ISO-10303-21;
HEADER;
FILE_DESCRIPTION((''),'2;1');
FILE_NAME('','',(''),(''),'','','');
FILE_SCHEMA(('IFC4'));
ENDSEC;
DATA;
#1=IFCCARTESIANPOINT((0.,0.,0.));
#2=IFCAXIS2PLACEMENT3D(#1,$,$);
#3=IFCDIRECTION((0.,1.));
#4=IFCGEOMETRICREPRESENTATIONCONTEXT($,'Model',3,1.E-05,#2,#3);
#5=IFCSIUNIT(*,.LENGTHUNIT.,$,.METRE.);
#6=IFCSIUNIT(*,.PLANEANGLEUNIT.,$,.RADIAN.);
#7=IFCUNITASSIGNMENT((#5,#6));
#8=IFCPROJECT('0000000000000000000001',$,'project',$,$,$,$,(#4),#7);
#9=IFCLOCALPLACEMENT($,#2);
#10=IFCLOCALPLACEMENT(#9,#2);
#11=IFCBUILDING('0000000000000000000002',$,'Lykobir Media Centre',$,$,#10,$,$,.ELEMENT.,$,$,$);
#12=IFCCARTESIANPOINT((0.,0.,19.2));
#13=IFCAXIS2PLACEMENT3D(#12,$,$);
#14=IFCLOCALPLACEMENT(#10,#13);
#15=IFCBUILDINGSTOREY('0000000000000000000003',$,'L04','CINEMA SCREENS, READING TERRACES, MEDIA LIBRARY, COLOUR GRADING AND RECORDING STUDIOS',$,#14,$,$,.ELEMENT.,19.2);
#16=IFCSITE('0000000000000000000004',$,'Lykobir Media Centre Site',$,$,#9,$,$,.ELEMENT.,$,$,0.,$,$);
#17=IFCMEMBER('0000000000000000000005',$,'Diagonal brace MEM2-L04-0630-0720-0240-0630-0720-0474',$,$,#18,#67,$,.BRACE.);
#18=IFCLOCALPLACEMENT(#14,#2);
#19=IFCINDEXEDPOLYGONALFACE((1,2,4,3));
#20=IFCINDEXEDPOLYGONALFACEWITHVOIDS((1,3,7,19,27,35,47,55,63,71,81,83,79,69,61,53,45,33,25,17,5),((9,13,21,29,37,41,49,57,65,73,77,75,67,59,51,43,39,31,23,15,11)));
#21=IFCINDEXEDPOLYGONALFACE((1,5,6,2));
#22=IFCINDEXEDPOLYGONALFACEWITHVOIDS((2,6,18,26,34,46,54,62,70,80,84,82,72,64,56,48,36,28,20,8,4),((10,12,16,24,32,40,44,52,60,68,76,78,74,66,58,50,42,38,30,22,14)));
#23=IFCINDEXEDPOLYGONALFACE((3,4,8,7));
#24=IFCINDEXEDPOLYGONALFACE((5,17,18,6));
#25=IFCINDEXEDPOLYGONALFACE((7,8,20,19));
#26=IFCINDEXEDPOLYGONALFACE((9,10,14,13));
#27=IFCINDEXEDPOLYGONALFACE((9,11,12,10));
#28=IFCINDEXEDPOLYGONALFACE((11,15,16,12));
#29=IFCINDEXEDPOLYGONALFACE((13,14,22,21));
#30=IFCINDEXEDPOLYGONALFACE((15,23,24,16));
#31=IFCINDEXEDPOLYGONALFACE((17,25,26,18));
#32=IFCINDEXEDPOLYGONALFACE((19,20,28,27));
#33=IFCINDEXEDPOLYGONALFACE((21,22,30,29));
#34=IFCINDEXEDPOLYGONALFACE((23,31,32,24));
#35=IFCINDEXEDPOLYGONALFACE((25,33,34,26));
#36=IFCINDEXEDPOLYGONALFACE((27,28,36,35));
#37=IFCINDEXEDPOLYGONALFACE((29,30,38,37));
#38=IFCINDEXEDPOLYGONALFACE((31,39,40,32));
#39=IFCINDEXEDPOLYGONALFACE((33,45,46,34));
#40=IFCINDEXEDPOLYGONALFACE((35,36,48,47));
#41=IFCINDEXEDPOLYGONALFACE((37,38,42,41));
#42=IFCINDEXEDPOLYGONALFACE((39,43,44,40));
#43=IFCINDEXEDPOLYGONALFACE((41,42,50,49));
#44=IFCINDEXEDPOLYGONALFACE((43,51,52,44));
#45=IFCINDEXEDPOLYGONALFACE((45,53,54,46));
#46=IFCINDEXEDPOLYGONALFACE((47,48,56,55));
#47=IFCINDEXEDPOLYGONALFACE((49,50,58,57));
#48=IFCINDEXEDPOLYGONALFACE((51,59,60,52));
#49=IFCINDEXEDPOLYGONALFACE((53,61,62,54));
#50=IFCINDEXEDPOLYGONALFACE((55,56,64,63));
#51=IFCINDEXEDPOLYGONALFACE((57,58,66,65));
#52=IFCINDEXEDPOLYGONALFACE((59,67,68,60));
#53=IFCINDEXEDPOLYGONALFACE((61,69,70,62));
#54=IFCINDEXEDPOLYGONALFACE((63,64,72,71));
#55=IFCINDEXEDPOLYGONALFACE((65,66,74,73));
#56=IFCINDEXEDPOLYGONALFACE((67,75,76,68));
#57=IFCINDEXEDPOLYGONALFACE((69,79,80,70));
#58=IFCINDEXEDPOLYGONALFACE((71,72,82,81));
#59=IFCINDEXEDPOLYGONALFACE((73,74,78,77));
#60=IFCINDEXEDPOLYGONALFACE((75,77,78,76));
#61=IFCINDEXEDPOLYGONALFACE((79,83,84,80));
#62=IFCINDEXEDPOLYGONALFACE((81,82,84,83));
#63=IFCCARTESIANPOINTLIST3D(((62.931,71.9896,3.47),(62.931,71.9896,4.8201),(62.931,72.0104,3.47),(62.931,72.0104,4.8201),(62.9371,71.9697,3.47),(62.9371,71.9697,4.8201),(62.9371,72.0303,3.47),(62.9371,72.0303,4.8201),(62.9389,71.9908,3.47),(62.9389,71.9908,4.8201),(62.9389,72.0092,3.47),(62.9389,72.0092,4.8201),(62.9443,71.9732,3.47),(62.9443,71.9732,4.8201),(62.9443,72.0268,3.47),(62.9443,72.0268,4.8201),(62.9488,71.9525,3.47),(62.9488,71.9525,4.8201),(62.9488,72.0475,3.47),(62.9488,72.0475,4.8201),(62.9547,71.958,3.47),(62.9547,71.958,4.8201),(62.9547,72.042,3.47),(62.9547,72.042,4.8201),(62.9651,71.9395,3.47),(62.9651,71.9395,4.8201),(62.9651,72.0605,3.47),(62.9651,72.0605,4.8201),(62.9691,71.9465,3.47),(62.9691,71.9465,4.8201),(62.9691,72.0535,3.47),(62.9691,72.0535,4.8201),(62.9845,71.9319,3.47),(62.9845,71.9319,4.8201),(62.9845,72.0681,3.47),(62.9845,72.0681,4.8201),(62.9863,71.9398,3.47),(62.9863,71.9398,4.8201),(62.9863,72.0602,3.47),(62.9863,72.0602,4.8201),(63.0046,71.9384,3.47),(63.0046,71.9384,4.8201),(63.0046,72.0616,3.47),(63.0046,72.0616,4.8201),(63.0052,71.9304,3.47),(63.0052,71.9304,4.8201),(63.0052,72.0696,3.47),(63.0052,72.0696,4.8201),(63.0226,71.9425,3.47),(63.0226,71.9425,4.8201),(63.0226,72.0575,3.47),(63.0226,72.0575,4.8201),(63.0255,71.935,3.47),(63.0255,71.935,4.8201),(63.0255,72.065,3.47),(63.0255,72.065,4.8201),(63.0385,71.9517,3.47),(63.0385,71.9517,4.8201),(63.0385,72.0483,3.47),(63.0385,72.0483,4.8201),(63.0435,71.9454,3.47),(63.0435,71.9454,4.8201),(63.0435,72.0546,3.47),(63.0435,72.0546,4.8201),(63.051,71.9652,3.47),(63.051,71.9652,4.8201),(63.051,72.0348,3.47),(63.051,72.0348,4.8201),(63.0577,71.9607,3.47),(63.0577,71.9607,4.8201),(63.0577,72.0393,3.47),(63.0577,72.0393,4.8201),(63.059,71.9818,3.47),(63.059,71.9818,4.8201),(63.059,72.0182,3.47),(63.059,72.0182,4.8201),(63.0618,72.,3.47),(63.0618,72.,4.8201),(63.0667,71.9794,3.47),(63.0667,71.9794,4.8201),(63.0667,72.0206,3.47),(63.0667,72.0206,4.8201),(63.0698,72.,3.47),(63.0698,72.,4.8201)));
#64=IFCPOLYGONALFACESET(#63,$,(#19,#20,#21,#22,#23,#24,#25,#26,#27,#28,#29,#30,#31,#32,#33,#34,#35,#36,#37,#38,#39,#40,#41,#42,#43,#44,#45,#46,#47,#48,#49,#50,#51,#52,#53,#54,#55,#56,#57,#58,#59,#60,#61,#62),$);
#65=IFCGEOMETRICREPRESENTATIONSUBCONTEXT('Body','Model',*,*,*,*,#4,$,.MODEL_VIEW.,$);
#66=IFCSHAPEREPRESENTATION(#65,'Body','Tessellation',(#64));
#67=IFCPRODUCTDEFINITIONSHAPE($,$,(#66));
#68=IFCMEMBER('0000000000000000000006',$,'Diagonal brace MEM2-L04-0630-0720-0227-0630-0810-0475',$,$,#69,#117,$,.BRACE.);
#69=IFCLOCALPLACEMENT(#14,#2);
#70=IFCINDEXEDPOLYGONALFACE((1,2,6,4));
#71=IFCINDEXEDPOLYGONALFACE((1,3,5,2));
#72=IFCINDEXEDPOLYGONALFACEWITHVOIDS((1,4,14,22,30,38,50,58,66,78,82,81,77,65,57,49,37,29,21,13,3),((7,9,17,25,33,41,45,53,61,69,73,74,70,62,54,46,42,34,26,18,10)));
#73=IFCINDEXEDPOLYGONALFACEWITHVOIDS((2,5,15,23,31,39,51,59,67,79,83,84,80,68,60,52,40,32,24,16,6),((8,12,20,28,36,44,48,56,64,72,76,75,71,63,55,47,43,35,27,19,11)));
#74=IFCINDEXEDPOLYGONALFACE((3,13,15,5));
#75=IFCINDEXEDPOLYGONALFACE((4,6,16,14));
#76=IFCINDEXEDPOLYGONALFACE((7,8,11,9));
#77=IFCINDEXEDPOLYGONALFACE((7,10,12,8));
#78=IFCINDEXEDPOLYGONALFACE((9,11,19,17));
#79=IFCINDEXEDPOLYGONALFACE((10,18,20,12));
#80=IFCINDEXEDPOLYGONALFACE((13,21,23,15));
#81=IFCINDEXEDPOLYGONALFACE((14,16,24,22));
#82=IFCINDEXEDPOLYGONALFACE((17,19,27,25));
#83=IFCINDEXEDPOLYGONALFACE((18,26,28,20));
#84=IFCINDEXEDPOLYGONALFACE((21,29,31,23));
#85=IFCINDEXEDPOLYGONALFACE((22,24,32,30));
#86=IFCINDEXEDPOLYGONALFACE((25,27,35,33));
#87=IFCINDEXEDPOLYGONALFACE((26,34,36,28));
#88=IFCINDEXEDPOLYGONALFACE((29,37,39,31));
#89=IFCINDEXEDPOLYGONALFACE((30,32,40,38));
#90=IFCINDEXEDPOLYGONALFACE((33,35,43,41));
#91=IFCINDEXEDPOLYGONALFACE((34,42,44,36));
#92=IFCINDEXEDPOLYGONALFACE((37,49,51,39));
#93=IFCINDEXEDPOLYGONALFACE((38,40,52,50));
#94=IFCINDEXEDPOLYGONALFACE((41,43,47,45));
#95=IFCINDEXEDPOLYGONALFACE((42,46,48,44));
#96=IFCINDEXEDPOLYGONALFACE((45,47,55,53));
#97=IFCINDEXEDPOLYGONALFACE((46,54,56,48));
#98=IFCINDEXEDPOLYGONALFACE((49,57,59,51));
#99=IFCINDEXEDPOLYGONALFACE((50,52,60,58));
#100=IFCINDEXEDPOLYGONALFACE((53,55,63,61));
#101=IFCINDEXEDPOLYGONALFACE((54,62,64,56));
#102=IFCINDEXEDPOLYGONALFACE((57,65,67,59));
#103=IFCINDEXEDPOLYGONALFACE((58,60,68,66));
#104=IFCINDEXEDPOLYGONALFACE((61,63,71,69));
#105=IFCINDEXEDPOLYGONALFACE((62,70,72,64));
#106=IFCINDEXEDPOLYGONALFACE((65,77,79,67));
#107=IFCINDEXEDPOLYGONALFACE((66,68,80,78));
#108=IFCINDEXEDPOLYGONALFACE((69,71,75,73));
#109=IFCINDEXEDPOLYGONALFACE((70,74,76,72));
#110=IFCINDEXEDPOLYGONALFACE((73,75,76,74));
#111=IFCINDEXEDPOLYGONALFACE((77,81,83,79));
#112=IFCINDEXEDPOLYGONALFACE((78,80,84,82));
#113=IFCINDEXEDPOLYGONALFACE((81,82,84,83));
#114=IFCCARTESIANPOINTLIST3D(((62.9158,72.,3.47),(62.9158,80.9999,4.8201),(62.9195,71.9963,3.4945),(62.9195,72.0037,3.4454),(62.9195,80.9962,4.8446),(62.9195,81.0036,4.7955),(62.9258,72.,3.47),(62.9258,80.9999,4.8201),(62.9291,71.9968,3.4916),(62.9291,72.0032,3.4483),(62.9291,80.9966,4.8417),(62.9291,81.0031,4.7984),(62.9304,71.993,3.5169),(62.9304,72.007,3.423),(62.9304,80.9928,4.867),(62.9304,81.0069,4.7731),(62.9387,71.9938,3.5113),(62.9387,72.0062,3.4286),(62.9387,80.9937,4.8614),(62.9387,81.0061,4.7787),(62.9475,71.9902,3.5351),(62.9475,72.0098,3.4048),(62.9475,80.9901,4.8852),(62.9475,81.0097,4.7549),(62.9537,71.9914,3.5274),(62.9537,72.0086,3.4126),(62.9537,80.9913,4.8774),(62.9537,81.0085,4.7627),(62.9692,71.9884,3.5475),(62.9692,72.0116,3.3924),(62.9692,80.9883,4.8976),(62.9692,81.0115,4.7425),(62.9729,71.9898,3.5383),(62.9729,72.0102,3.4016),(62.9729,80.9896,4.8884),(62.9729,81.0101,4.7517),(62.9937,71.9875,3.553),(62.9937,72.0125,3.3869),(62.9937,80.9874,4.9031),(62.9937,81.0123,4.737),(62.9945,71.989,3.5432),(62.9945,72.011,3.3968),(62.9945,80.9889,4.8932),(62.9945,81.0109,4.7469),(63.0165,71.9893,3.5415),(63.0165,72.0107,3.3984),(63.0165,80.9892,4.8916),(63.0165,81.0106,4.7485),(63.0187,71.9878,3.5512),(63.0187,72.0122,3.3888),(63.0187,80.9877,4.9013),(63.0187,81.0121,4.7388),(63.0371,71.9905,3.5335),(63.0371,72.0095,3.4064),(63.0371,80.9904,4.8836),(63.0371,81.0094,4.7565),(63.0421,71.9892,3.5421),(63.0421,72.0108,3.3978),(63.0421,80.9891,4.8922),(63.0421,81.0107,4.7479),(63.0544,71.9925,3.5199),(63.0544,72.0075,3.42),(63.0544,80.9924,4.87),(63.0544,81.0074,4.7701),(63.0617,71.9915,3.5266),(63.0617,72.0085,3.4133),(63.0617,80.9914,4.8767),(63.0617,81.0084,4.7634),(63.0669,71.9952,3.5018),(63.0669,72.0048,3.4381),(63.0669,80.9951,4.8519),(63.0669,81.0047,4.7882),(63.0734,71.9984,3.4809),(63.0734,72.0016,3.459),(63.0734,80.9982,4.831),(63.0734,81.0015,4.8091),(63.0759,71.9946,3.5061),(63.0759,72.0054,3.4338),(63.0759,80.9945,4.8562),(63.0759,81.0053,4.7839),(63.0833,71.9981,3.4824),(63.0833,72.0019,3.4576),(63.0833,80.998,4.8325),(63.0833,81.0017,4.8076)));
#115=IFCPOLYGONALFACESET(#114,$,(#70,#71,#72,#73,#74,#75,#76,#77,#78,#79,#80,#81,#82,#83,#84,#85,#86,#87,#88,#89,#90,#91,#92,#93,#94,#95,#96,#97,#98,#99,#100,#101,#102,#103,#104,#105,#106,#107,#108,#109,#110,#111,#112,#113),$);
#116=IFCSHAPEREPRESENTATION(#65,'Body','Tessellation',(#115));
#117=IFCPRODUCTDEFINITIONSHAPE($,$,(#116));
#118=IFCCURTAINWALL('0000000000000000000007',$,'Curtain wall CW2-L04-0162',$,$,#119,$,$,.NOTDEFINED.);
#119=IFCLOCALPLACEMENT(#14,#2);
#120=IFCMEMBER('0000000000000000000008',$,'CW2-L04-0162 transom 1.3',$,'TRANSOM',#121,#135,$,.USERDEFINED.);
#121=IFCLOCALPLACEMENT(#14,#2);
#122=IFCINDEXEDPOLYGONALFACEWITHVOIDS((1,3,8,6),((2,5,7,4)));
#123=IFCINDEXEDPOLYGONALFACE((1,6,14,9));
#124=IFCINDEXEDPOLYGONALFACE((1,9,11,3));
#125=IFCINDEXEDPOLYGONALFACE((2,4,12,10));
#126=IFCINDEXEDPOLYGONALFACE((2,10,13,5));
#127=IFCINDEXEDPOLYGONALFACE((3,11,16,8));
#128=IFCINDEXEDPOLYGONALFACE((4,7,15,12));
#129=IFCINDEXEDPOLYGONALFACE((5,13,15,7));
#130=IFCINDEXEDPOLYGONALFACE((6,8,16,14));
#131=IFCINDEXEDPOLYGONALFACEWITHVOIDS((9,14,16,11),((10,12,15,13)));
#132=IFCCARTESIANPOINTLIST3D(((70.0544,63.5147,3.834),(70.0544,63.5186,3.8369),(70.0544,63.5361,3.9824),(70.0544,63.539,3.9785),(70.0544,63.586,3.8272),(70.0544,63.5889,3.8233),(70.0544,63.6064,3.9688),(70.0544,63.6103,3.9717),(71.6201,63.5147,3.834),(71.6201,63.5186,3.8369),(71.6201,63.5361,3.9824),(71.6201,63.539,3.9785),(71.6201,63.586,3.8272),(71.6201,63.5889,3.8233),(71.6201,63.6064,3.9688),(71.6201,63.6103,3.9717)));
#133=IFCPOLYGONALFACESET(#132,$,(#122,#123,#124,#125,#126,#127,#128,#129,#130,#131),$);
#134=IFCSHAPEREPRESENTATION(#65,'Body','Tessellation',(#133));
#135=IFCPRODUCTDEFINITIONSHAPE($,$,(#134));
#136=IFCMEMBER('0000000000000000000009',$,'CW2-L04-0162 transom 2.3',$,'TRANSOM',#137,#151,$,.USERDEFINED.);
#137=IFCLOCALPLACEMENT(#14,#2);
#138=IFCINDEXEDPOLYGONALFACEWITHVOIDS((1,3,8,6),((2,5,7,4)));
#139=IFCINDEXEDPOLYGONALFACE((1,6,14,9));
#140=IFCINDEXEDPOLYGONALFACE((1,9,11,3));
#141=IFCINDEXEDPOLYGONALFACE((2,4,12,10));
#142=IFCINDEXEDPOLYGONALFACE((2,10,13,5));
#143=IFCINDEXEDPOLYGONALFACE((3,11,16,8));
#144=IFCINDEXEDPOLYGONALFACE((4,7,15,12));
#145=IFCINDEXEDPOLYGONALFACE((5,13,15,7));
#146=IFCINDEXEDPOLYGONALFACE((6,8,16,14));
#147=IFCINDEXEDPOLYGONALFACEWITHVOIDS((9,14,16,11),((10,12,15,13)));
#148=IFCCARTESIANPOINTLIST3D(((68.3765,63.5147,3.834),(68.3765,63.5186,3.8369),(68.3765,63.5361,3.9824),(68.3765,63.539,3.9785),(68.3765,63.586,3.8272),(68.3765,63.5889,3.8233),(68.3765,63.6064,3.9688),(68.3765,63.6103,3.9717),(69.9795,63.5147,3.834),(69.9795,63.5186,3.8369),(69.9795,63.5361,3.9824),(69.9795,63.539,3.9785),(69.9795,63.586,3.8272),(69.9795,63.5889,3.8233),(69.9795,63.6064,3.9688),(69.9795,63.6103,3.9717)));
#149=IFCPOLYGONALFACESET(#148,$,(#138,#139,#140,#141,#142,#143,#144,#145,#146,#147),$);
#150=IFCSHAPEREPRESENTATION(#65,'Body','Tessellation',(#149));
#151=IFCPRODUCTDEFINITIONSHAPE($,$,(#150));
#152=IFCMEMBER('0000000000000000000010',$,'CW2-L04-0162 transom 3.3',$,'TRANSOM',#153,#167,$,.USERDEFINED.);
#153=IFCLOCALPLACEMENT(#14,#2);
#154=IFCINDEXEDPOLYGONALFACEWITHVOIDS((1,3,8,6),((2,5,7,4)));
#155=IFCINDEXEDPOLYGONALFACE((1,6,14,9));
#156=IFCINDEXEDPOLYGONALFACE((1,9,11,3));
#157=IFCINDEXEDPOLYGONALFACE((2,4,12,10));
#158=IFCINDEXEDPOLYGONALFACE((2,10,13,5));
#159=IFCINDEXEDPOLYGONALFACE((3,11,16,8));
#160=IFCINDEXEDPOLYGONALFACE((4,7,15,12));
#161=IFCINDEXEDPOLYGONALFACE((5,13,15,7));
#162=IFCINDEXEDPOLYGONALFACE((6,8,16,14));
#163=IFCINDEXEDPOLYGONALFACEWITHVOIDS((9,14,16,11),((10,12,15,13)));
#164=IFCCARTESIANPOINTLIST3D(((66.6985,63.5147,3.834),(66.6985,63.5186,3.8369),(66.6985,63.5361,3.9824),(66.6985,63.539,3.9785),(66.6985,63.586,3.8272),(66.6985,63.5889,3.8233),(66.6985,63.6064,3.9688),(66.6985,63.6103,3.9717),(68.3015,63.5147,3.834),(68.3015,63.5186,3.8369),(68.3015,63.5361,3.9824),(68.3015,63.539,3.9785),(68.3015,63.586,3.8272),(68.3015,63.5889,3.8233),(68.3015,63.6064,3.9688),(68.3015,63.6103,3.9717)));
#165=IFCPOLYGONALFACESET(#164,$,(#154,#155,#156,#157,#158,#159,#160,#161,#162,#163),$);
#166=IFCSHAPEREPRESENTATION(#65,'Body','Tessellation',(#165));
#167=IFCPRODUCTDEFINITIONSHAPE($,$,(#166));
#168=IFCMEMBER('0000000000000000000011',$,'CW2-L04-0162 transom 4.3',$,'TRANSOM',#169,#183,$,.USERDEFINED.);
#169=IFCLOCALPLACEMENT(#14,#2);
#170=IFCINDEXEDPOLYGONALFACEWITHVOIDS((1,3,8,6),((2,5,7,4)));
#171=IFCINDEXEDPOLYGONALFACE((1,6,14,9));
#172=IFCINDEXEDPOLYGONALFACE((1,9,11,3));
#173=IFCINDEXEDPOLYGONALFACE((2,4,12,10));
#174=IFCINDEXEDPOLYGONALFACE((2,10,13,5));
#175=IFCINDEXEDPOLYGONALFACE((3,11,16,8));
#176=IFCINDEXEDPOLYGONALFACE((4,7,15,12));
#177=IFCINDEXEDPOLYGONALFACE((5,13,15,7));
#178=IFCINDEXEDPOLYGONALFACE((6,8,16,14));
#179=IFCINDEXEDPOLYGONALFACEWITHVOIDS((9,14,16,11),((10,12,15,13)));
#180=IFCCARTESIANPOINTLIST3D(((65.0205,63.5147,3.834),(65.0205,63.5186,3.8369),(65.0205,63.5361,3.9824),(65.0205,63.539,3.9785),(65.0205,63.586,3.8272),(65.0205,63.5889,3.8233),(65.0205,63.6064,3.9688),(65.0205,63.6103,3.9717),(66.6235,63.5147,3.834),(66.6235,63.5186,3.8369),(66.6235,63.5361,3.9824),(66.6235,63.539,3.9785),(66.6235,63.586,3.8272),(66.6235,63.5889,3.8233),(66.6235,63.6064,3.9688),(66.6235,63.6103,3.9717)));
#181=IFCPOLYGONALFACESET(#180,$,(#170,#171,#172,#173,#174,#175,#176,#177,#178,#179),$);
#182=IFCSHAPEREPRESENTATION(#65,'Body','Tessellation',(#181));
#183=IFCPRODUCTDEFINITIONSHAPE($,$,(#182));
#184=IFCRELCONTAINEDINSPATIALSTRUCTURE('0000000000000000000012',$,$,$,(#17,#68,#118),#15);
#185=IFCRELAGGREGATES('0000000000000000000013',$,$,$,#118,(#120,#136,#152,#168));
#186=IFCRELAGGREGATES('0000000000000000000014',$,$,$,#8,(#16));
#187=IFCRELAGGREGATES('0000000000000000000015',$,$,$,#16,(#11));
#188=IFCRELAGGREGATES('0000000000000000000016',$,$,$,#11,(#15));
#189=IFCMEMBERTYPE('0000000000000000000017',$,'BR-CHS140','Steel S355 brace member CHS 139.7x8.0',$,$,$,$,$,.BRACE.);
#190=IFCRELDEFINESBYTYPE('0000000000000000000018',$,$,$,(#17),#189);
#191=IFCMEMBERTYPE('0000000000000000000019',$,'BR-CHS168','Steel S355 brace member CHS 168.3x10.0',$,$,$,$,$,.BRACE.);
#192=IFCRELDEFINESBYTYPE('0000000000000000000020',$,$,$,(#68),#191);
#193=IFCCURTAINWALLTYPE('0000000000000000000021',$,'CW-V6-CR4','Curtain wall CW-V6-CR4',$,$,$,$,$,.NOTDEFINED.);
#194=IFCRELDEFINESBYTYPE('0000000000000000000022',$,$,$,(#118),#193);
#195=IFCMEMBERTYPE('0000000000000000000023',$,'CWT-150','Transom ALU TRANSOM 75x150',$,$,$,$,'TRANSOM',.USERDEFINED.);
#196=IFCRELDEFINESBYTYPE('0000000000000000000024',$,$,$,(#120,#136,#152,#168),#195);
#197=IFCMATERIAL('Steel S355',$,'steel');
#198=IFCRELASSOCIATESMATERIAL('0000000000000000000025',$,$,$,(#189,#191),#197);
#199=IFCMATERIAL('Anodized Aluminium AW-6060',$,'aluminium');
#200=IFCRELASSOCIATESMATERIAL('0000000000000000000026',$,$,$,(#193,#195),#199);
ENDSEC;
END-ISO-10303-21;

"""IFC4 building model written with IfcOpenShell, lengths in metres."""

from ifc_helpers import new_model, si_unit, direction, frame, origin, origin_2d, place, context, subcontext, project, spatial, hollow_rectangle, hollow_circle, extrude, material, material_profile, profile_set, type_object, element, aggregate, save


model = new_model("IFC4")

# Units and contexts
model_context = context("Model", 3, precision=1e-05, world=origin(), true_north=direction((0.0, 1.0)))
body_context = subcontext(model_context, "Body", "Model", "MODEL_VIEW")
ifc_project = project(units=[si_unit("LENGTHUNIT", "METRE"), si_unit("PLANEANGLEUNIT", "RADIAN")], contexts=[model_context])

# Site, building, storey
site_placement = place(None, origin())
site = spatial("IfcSite", under=ifc_project, at=site_placement, Name="Lykobir Media Centre Site", CompositionType="ELEMENT", RefElevation=0.0)
building_placement = place(site_placement, origin())
building = spatial("IfcBuilding", under=site, at=building_placement, Name="Lykobir Media Centre", CompositionType="ELEMENT")
storey_placement = place(building_placement, frame((0.0, 0.0, 19.2)))
storey = spatial("IfcBuildingStorey", under=building, at=storey_placement, Name="L04", Description="CINEMA SCREENS, READING TERRACES, MEDIA LIBRARY, COLOUR GRADING AND RECORDING STUDIOS", CompositionType="ELEMENT", Elevation=19.2)

# Members
ifc_material_1 = material(Name="Steel S355", Category="steel")
ifc_material_profile_1 = material_profile(ifc_material_1, hollow_circle(Radius=0.0698, WallThickness=0.0081, at=origin_2d()), Name="CHS 139.7x8.0")
ifc_profile_set_1 = profile_set([ifc_material_profile_1], Name="Steel S355")
member_type_1 = type_object("IfcMemberType", Name="BR-CHS140", Description="Steel S355 brace member CHS 139.7x8.0", PredefinedType="BRACE", material=ifc_profile_set_1)
member_1_placement = place(storey_placement, frame((63.0, 72.0, 4.8201), z_axis=(0.0, 0.0, -1.0), x_axis=(1.0, 0.0, 0.0)))
element("IfcMember", 1, at=member_1_placement, inside=storey, type_object=member_type_1, Name="Diagonal brace MEM2-L04-0630-0720-0240-0630-0720-0474", PredefinedType="BRACE", context=body_context, shape_type="SweptSolid", body=[
    extrude(hollow_circle(Radius=0.0698, WallThickness=0.0081, at=origin_2d()), origin(), (0.0, 0.0, 1.0), 1.3501),
])
ifc_material_profile_2 = material_profile(ifc_material_1, hollow_circle(Radius=0.0842, WallThickness=0.01, at=origin_2d()), Name="CHS 168.3x10.0")
ifc_profile_set_2 = profile_set([ifc_material_profile_2], Name="Steel S355")
member_type_2 = type_object("IfcMemberType", Name="BR-CHS168", Description="Steel S355 brace member CHS 168.3x10.0", PredefinedType="BRACE", material=ifc_profile_set_2)
member_2_placement = place(storey_placement, frame((63.0, 72.0, 3.47), z_axis=(0.0, 0.988935, 0.148351), x_axis=(-1.0, 0.0, 0.0)))
element("IfcMember", 2, at=member_2_placement, inside=storey, type_object=member_type_2, Name="Diagonal brace MEM2-L04-0630-0720-0227-0630-0810-0475", PredefinedType="BRACE", context=body_context, shape_type="SweptSolid", body=[
    extrude(hollow_circle(Radius=0.0842, WallThickness=0.01, at=origin_2d()), origin(), (0.0, 0.0, 1.0), 9.1006),
])

# Curtain wall, members
ifc_material_2 = material(Name="Anodized Aluminium AW-6060", Category="aluminium")
curtain_wall_type_1 = type_object("IfcCurtainWallType", Name="CW-V6-CR4", Description="Curtain wall CW-V6-CR4", PredefinedType="NOTDEFINED", material=ifc_material_2)
curtain_wall_1_placement = place(storey_placement, origin())
curtain_wall_1 = element("IfcCurtainWall", 3, at=curtain_wall_1_placement, inside=storey, type_object=curtain_wall_type_1, Name="Curtain wall CW2-L04-0162", PredefinedType="NOTDEFINED")
ifc_material_profile_3 = material_profile(ifc_material_2, hollow_rectangle(XDim=0.075, YDim=0.1499, WallThickness=0.0034, at=origin_2d()), Name="ALU TRANSOM 75x150")
ifc_profile_set_3 = profile_set([ifc_material_profile_3], Name="Anodized Aluminium AW-6060")
member_type_3 = type_object("IfcMemberType", Name="CWT-150", Description="Transom ALU TRANSOM 75x150", ElementType="TRANSOM", PredefinedType="USERDEFINED", material=ifc_profile_set_3)
member_3_placement = place(storey_placement, frame((71.6201, 63.5625, 3.9028), z_axis=(-1.0, 0.0, 0.0), x_axis=(0.0, -0.989776, 0.142629)))
member_3 = element("IfcMember", 4, at=member_3_placement, type_object=member_type_3, Name="CW2-L04-0162 transom 1.3", ObjectType="TRANSOM", PredefinedType="USERDEFINED", context=body_context, shape_type="SweptSolid", body=[
    extrude(hollow_rectangle(XDim=0.075, YDim=0.1499, WallThickness=0.0034, at=origin_2d()), origin(), (0.0, 0.0, 1.0), 1.5657),
])
member_4_placement = place(storey_placement, frame((69.9795, 63.5625, 3.9028), z_axis=(-1.0, 0.0, 0.0), x_axis=(0.0, -0.989776, 0.142629)))
member_4 = element("IfcMember", 5, at=member_4_placement, type_object=member_type_3, Name="CW2-L04-0162 transom 2.3", ObjectType="TRANSOM", PredefinedType="USERDEFINED", context=body_context, shape_type="SweptSolid", body=[
    extrude(hollow_rectangle(XDim=0.075, YDim=0.1499, WallThickness=0.0034, at=origin_2d()), origin(), (0.0, 0.0, 1.0), 1.603),
])
member_5_placement = place(storey_placement, frame((68.3015, 63.5625, 3.9028), z_axis=(-1.0, 0.0, 0.0), x_axis=(0.0, -0.989776, 0.142629)))
member_5 = element("IfcMember", 6, at=member_5_placement, type_object=member_type_3, Name="CW2-L04-0162 transom 3.3", ObjectType="TRANSOM", PredefinedType="USERDEFINED", context=body_context, shape_type="SweptSolid", body=[
    extrude(hollow_rectangle(XDim=0.075, YDim=0.1499, WallThickness=0.0034, at=origin_2d()), origin(), (0.0, 0.0, 1.0), 1.603),
])
member_6_placement = place(storey_placement, frame((66.6235, 63.5625, 3.9028), z_axis=(-1.0, 0.0, 0.0), x_axis=(0.0, -0.989776, 0.142629)))
member_6 = element("IfcMember", 7, at=member_6_placement, type_object=member_type_3, Name="CW2-L04-0162 transom 4.3", ObjectType="TRANSOM", PredefinedType="USERDEFINED", context=body_context, shape_type="SweptSolid", body=[
    extrude(hollow_rectangle(XDim=0.075, YDim=0.1499, WallThickness=0.0034, at=origin_2d()), origin(), (0.0, 0.0, 1.0), 1.603),
])
aggregate(curtain_wall_1, [member_3, member_4, member_5, member_6])

save(model, "model.ifc")
